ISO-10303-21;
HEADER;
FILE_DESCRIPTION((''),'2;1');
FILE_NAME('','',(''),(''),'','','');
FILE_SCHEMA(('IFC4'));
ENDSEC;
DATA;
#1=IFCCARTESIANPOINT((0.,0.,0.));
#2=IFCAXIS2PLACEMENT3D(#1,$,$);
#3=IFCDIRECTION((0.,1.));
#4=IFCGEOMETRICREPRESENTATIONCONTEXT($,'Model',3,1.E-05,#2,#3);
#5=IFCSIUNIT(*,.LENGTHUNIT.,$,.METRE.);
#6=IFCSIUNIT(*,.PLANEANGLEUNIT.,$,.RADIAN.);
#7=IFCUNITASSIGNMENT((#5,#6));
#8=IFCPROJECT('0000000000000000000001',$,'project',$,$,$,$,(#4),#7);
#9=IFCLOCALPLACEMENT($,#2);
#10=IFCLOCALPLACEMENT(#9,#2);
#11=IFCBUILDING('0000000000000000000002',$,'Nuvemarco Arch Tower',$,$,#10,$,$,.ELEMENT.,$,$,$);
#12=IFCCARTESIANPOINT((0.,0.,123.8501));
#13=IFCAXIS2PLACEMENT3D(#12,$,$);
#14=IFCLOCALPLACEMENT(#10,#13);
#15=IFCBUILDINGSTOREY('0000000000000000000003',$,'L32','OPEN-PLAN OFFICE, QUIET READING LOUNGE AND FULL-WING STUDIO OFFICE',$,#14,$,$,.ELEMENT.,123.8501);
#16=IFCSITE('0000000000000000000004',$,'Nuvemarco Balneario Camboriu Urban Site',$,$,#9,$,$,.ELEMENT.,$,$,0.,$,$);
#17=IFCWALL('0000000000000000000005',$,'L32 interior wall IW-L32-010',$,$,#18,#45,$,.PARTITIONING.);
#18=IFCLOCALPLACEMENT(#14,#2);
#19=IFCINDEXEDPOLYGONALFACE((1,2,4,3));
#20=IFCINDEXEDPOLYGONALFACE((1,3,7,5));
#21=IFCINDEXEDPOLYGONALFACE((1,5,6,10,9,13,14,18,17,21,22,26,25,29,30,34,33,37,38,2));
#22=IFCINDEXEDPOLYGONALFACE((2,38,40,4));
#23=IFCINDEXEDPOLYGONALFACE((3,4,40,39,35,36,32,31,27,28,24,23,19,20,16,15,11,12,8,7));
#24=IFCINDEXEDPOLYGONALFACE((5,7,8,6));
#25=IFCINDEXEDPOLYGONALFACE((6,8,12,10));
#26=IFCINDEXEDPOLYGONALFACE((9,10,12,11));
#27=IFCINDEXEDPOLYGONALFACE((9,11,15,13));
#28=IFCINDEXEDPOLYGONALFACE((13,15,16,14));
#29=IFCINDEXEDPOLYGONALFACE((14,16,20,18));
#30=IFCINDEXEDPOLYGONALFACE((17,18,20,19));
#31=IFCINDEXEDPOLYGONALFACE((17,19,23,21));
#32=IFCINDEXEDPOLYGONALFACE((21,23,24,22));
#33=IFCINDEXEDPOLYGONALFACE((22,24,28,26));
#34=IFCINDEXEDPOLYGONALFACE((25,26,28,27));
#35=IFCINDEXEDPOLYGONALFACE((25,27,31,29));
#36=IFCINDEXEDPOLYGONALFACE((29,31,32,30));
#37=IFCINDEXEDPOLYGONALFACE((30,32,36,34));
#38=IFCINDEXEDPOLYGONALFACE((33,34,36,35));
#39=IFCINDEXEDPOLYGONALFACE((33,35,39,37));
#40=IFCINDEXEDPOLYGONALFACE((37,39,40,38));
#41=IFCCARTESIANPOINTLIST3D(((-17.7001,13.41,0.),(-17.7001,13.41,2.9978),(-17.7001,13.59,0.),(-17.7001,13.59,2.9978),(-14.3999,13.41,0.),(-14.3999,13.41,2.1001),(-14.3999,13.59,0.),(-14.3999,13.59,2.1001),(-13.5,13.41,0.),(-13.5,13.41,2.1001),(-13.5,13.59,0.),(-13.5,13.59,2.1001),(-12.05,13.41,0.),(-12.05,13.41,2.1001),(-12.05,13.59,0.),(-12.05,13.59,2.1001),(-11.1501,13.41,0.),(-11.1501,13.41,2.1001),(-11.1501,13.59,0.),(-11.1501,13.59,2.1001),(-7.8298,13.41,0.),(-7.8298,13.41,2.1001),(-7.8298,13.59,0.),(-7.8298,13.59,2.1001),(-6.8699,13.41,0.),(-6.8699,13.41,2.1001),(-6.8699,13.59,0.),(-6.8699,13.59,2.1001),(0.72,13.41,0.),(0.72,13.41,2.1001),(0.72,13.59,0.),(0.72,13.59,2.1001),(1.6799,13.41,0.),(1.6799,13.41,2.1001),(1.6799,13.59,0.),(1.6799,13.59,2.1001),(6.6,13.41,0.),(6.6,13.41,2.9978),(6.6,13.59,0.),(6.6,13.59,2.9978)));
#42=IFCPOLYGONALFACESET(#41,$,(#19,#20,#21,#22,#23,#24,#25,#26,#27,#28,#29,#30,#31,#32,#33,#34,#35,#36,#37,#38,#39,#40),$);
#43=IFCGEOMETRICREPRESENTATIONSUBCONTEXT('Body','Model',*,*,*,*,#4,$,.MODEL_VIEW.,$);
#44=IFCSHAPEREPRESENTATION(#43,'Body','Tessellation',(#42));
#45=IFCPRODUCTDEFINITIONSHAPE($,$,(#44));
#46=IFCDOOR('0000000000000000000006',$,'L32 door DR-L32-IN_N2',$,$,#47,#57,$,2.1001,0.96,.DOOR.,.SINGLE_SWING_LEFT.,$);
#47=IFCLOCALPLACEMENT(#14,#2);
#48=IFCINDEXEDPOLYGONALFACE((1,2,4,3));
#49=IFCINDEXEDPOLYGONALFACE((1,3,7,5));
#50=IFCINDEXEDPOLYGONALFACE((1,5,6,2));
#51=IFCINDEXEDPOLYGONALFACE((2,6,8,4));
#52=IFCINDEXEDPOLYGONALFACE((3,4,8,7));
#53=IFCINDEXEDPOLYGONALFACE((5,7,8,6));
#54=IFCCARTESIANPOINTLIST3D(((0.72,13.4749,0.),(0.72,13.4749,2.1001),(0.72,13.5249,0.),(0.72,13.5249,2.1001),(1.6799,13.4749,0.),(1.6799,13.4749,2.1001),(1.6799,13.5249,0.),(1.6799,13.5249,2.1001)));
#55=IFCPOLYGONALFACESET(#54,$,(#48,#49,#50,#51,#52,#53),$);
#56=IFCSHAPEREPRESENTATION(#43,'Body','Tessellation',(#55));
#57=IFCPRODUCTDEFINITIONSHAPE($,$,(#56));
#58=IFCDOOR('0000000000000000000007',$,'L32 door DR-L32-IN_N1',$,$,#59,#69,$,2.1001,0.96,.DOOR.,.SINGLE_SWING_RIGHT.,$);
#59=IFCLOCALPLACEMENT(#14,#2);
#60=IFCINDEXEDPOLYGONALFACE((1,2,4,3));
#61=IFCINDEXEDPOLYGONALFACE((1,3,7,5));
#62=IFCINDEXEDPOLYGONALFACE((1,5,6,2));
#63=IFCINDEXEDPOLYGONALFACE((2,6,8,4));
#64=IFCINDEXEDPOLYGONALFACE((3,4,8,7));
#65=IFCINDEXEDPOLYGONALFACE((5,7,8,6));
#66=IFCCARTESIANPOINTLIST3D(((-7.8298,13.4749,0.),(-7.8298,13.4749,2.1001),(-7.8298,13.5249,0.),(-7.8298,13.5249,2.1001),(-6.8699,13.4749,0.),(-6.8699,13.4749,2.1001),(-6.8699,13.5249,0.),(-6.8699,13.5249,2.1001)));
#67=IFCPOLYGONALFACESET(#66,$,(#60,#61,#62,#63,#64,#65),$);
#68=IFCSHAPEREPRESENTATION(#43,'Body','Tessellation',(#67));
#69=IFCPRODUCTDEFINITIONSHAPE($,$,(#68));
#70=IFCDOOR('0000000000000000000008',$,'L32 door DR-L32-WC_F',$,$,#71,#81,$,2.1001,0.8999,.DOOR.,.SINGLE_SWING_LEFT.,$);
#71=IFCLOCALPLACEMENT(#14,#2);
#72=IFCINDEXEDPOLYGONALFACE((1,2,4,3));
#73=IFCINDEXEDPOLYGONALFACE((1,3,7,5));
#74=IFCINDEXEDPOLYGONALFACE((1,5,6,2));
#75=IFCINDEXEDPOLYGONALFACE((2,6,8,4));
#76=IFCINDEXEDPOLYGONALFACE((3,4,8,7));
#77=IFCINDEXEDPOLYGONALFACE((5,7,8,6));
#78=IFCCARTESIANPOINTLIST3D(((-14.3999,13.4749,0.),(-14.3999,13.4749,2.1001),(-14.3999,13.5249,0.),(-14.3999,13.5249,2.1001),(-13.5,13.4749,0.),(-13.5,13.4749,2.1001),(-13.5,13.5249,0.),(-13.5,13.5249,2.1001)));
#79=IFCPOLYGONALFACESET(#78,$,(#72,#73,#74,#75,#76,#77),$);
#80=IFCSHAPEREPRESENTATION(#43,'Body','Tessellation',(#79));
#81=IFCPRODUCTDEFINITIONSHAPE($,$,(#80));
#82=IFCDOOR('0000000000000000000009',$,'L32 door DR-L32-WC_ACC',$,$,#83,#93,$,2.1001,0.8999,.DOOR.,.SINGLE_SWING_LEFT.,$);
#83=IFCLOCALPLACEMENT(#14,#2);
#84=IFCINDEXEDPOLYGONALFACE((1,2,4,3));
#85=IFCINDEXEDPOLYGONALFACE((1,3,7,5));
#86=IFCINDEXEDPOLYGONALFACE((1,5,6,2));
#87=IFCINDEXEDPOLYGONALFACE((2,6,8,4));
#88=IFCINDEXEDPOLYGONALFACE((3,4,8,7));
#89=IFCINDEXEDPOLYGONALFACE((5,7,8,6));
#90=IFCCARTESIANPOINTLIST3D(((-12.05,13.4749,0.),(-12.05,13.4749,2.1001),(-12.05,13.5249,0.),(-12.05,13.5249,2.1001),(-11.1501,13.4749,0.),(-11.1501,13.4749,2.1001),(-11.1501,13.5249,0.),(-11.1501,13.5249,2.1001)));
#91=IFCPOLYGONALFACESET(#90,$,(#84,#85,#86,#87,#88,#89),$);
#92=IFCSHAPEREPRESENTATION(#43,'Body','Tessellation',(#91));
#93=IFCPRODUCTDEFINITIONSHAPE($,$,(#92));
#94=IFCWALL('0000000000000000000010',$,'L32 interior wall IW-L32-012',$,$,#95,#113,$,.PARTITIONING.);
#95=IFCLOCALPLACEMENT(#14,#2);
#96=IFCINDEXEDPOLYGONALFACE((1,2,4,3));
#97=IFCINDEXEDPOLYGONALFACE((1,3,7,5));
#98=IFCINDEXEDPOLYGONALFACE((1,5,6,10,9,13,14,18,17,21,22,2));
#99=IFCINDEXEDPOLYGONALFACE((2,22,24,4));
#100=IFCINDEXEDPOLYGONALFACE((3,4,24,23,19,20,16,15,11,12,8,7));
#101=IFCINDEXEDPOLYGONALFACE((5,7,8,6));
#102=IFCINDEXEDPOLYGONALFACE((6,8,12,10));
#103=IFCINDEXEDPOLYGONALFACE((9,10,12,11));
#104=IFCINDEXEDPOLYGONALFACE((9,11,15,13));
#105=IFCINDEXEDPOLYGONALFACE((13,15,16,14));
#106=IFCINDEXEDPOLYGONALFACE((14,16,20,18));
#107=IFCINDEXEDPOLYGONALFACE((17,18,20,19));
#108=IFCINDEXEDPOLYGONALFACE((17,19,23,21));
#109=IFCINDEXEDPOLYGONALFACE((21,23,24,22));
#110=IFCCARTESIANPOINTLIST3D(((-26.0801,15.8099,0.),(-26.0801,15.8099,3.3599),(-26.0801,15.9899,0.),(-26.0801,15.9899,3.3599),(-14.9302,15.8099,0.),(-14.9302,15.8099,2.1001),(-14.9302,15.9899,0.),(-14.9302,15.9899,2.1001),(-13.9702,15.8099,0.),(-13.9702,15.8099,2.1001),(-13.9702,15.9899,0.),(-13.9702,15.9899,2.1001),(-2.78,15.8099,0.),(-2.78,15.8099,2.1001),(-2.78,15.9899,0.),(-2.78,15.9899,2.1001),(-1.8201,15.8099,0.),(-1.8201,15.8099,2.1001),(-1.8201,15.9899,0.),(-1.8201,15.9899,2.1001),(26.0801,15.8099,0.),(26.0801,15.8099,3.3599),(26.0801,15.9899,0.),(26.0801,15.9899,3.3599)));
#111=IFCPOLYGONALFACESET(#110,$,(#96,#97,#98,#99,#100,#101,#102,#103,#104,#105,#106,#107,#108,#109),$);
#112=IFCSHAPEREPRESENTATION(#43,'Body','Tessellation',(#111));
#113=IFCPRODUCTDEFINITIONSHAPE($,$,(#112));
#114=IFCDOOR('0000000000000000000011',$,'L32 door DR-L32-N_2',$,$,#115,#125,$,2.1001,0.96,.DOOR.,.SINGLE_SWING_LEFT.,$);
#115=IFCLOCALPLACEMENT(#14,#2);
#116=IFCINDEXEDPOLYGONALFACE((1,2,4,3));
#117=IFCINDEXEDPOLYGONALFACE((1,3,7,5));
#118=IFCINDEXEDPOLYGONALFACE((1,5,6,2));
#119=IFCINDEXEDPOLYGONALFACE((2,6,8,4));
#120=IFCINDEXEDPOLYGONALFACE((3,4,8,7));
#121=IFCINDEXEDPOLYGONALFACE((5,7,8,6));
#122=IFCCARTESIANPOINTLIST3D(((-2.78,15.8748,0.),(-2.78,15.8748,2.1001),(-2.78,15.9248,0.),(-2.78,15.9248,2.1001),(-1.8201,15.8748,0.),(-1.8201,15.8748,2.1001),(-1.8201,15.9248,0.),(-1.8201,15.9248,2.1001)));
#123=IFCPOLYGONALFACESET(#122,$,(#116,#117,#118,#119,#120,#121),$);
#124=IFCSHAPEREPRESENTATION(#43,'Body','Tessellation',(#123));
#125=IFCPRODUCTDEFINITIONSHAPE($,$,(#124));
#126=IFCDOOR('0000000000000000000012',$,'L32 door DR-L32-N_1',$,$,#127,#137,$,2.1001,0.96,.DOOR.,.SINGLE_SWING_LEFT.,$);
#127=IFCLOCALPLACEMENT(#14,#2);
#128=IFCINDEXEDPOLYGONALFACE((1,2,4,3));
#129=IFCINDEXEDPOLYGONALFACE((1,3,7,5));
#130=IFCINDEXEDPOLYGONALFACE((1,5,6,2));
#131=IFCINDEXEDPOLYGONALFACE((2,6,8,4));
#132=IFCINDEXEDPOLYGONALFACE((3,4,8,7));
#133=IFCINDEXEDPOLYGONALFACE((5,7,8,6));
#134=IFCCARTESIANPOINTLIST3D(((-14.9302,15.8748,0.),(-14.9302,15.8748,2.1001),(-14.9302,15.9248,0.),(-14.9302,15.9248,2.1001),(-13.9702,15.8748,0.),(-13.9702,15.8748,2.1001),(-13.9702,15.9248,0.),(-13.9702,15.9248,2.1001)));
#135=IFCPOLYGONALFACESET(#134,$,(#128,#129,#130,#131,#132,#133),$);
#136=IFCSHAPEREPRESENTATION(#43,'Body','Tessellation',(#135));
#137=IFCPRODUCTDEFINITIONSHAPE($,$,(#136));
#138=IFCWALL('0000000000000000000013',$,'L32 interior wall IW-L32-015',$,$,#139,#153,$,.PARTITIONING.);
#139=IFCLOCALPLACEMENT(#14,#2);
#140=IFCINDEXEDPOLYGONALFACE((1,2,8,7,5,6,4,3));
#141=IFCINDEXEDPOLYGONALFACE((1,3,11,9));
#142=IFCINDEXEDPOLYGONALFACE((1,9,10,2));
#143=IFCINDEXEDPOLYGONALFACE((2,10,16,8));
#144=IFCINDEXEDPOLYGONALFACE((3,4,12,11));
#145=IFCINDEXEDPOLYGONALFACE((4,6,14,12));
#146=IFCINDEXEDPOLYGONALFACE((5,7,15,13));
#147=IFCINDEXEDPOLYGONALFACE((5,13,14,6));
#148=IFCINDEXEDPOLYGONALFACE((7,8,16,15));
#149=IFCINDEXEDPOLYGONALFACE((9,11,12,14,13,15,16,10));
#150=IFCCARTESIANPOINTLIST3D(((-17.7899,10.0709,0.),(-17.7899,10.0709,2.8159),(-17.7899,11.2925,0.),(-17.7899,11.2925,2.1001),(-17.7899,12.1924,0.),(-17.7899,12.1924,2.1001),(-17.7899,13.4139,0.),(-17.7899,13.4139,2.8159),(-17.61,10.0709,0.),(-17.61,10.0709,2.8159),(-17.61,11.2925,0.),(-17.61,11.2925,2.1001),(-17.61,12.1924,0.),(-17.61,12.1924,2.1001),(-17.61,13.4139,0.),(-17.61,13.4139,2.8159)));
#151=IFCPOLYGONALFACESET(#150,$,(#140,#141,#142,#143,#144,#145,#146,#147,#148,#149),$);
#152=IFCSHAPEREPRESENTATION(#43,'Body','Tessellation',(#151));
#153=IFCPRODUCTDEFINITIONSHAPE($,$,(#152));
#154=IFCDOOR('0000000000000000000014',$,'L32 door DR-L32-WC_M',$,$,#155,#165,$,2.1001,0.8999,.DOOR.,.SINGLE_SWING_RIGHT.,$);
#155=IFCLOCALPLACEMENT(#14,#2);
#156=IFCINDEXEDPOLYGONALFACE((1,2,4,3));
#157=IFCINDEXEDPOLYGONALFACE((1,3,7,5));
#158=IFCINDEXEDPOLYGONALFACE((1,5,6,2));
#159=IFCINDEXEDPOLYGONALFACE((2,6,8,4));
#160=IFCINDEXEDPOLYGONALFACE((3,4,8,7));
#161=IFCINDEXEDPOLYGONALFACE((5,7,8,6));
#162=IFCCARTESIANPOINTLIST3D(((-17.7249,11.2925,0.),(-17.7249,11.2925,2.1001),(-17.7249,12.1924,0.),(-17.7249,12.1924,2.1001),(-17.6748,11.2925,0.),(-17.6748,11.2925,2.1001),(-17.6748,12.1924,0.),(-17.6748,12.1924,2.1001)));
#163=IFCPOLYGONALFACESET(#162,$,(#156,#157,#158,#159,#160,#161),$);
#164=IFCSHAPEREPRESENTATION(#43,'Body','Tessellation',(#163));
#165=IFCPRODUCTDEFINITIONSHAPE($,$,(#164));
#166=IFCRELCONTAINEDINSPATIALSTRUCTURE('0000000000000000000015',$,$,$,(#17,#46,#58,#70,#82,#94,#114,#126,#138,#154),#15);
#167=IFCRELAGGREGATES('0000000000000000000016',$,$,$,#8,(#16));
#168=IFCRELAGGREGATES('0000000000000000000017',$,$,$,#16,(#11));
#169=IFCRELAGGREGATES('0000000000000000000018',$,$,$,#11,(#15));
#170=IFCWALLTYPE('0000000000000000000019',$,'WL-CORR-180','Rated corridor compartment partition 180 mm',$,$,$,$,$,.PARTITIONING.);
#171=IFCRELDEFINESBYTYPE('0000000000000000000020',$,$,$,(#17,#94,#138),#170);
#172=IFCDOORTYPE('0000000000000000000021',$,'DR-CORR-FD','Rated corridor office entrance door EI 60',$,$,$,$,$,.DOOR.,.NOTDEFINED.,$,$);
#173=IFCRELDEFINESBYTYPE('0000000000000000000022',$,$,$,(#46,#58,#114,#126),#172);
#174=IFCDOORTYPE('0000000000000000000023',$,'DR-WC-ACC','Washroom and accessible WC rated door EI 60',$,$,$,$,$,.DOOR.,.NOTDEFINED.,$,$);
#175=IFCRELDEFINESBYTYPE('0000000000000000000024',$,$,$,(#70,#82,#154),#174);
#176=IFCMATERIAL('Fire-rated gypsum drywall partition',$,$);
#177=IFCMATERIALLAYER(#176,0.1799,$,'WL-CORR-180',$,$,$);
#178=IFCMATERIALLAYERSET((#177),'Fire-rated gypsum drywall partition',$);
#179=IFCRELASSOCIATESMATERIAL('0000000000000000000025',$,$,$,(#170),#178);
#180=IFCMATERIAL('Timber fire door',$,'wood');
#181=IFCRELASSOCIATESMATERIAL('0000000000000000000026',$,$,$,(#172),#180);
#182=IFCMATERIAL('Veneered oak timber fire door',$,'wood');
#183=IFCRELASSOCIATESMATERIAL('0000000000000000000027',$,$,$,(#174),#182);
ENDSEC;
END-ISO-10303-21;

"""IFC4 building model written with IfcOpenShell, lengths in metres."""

from ifc_helpers import new_model, si_unit, direction, frame, frame_2d, origin, place, context, subcontext, project, spatial, rectangle, extrude, source, transform, mapped, material, layer, layer_set, type_object, type_shapes, element, fill, save


model = new_model("IFC4")

# Units and contexts
model_context = context("Model", 3, precision=1e-05, world=origin(), true_north=direction((0.0, 1.0)))
body_context = subcontext(model_context, "Body", "Model", "MODEL_VIEW")
ifc_project = project(units=[si_unit("LENGTHUNIT", "METRE"), si_unit("PLANEANGLEUNIT", "RADIAN")], contexts=[model_context])

# Site, building, storey
site_placement = place(None, origin())
site = spatial("IfcSite", under=ifc_project, at=site_placement, Name="Nuvemarco Balneario Camboriu Urban Site", CompositionType="ELEMENT", RefElevation=0.0)
building_placement = place(site_placement, origin())
building = spatial("IfcBuilding", under=site, at=building_placement, Name="Nuvemarco Arch Tower", CompositionType="ELEMENT")
storey_placement = place(building_placement, frame((0.0, 0.0, 123.8501)))
storey = spatial("IfcBuildingStorey", under=building, at=storey_placement, Name="L32", Description="OPEN-PLAN OFFICE, QUIET READING LOUNGE AND FULL-WING STUDIO OFFICE", CompositionType="ELEMENT", Elevation=123.8501)

# Walls, openings, doors
ifc_material_1 = material(Name="Fire-rated gypsum drywall partition")
ifc_layer = layer(ifc_material_1, 0.1799, Name="WL-CORR-180")
ifc_layer_set = layer_set([ifc_layer], Name="Fire-rated gypsum drywall partition")
wall_type = type_object("IfcWallType", Name="WL-CORR-180", Description="Rated corridor compartment partition 180 mm", PredefinedType="PARTITIONING", material=ifc_layer_set)
wall_1_placement = place(storey_placement, frame((-17.7, 13.5, 0.0), z_axis=(0.0, 0.0, 1.0), x_axis=(1.0, 0.0, 0.0)))
wall_1 = element("IfcWall", 1, at=wall_1_placement, inside=storey, type_object=wall_type, Name="L32 interior wall IW-L32-010", PredefinedType="PARTITIONING", context=body_context, shape_type="SweptSolid", body=[
    extrude(rectangle(XDim=24.3, YDim=0.1799, at=frame_2d((12.1499, 0.0))), origin(), (0.0, 0.0, 1.0), 2.9978),
])
opening_1_placement = place(wall_1_placement, frame((18.4199, 0.0, 0.0)))
opening_1 = element("IfcOpeningElement", 2, at=opening_1_placement, cuts=wall_1, PredefinedType="OPENING", context=body_context, shape_type="SweptSolid", body=[
    extrude(rectangle(XDim=0.96, YDim=2.1001, at=frame_2d((0.48, 1.05))), frame((0.0, 0.0999, 0.0), z_axis=(0.0, -1.0, 0.0), x_axis=(1.0, 0.0, 0.0)), (0.0, 0.0, 1.0), 0.2),
])
opening_2_placement = place(wall_1_placement, frame((9.8701, 0.0, 0.0)))
opening_2 = element("IfcOpeningElement", 3, at=opening_2_placement, cuts=wall_1, PredefinedType="OPENING", context=body_context, shape_type="SweptSolid", body=[
    extrude(rectangle(XDim=0.96, YDim=2.1001, at=frame_2d((0.48, 1.05))), frame((0.0, 0.0999, 0.0), z_axis=(0.0, -1.0, 0.0), x_axis=(1.0, 0.0, 0.0)), (0.0, 0.0, 1.0), 0.2),
])
opening_3_placement = place(wall_1_placement, frame((3.3, 0.0, 0.0)))
opening_3 = element("IfcOpeningElement", 4, at=opening_3_placement, cuts=wall_1, PredefinedType="OPENING", context=body_context, shape_type="SweptSolid", body=[
    extrude(rectangle(XDim=0.8999, YDim=2.1001, at=frame_2d((0.45, 1.05))), frame((0.0, 0.0999, 0.0), z_axis=(0.0, -1.0, 0.0), x_axis=(1.0, 0.0, 0.0)), (0.0, 0.0, 1.0), 0.2),
])
opening_4_placement = place(wall_1_placement, frame((5.6499, 0.0, 0.0)))
opening_4 = element("IfcOpeningElement", 5, at=opening_4_placement, cuts=wall_1, PredefinedType="OPENING", context=body_context, shape_type="SweptSolid", body=[
    extrude(rectangle(XDim=0.8999, YDim=2.1001, at=frame_2d((0.45, 1.05))), frame((0.0, 0.0999, 0.0), z_axis=(0.0, -1.0, 0.0), x_axis=(1.0, 0.0, 0.0)), (0.0, 0.0, 1.0), 0.2),
])
ifc_material_2 = material(Name="Timber fire door", Category="wood")
door_type_1 = type_object("IfcDoorType", Name="DR-CORR-FD", Description="Rated corridor office entrance door EI 60", OperationType="NOTDEFINED", PredefinedType="DOOR", material=ifc_material_2)
shared_shape_1 = source(origin(), body_context, "Body", "SweptSolid", [
    extrude(rectangle(XDim=0.96, YDim=2.1001, at=frame_2d((0.48, 1.05))), frame((0.0, 0.0249, 0.0), z_axis=(0.0, -1.0, 0.0), x_axis=(1.0, 0.0, 0.0)), (0.0, 0.0, 1.0), 0.05),
])
type_shapes(door_type_1, [shared_shape_1])
door_1_placement = place(opening_1_placement, origin())
door_1 = element("IfcDoor", 6, at=door_1_placement, inside=storey, type_object=door_type_1, Name="L32 door DR-L32-IN_N2", OperationType="SINGLE_SWING_LEFT", OverallHeight=2.1001, OverallWidth=0.96, PredefinedType="DOOR", context=body_context, shape_type="MappedRepresentation", body=[
    mapped(shared_shape_1, transform((0.0, 0.0, 0.0), scale=1.0)),
])
fill(opening_1, door_1)
door_2_placement = place(opening_2_placement, origin())
door_2 = element("IfcDoor", 7, at=door_2_placement, inside=storey, type_object=door_type_1, Name="L32 door DR-L32-IN_N1", OperationType="SINGLE_SWING_RIGHT", OverallHeight=2.1001, OverallWidth=0.96, PredefinedType="DOOR", context=body_context, shape_type="MappedRepresentation", body=[
    mapped(shared_shape_1, transform((0.0, 0.0, 0.0), scale=1.0)),
])
fill(opening_2, door_2)
ifc_material_3 = material(Name="Veneered oak timber fire door", Category="wood")
door_type_2 = type_object("IfcDoorType", Name="DR-WC-ACC", Description="Washroom and accessible WC rated door EI 60", OperationType="NOTDEFINED", PredefinedType="DOOR", material=ifc_material_3)
shared_shape_2 = source(origin(), body_context, "Body", "SweptSolid", [
    extrude(rectangle(XDim=0.8999, YDim=2.1001, at=frame_2d((0.45, 1.05))), frame((0.0, 0.0249, 0.0), z_axis=(0.0, -1.0, 0.0), x_axis=(1.0, 0.0, 0.0)), (0.0, 0.0, 1.0), 0.05),
])
type_shapes(door_type_2, [shared_shape_2])
door_3_placement = place(opening_3_placement, origin())
door_3 = element("IfcDoor", 8, at=door_3_placement, inside=storey, type_object=door_type_2, Name="L32 door DR-L32-WC_F", OperationType="SINGLE_SWING_LEFT", OverallHeight=2.1001, OverallWidth=0.8999, PredefinedType="DOOR", context=body_context, shape_type="MappedRepresentation", body=[
    mapped(shared_shape_2, transform((0.0, 0.0, 0.0), scale=1.0)),
])
fill(opening_3, door_3)
door_4_placement = place(opening_4_placement, origin())
door_4 = element("IfcDoor", 9, at=door_4_placement, inside=storey, type_object=door_type_2, Name="L32 door DR-L32-WC_ACC", OperationType="SINGLE_SWING_LEFT", OverallHeight=2.1001, OverallWidth=0.8999, PredefinedType="DOOR", context=body_context, shape_type="MappedRepresentation", body=[
    mapped(shared_shape_2, transform((0.0, 0.0, 0.0), scale=1.0)),
])
fill(opening_4, door_4)
wall_2_placement = place(storey_placement, frame((-26.0801, 15.8999, 0.0), z_axis=(0.0, 0.0, 1.0), x_axis=(1.0, 0.0, 0.0)))
wall_2 = element("IfcWall", 10, at=wall_2_placement, inside=storey, type_object=wall_type, Name="L32 interior wall IW-L32-012", PredefinedType="PARTITIONING", context=body_context, shape_type="SweptSolid", body=[
    extrude(rectangle(XDim=52.1602, YDim=0.1799, at=frame_2d((26.0801, 0.0))), origin(), (0.0, 0.0, 1.0), 3.3599),
])
opening_5_placement = place(wall_2_placement, frame((23.3, 0.0, 0.0)))
opening_5 = element("IfcOpeningElement", 11, at=opening_5_placement, cuts=wall_2, PredefinedType="OPENING", context=body_context, shape_type="SweptSolid", body=[
    extrude(rectangle(XDim=0.96, YDim=2.1001, at=frame_2d((0.48, 1.05))), frame((0.0, 0.0999, 0.0), z_axis=(0.0, -1.0, 0.0), x_axis=(1.0, 0.0, 0.0)), (0.0, 0.0, 1.0), 0.2),
])
opening_6_placement = place(wall_2_placement, frame((11.1499, 0.0, 0.0)))
opening_6 = element("IfcOpeningElement", 12, at=opening_6_placement, cuts=wall_2, PredefinedType="OPENING", context=body_context, shape_type="SweptSolid", body=[
    extrude(rectangle(XDim=0.96, YDim=2.1001, at=frame_2d((0.48, 1.05))), frame((0.0, 0.0999, 0.0), z_axis=(0.0, -1.0, 0.0), x_axis=(1.0, 0.0, 0.0)), (0.0, 0.0, 1.0), 0.2),
])
door_5_placement = place(opening_5_placement, origin())
door_5 = element("IfcDoor", 13, at=door_5_placement, inside=storey, type_object=door_type_1, Name="L32 door DR-L32-N_2", OperationType="SINGLE_SWING_LEFT", OverallHeight=2.1001, OverallWidth=0.96, PredefinedType="DOOR", context=body_context, shape_type="MappedRepresentation", body=[
    mapped(shared_shape_1, transform((0.0, 0.0, 0.0), scale=1.0)),
])
fill(opening_5, door_5)
door_6_placement = place(opening_6_placement, origin())
door_6 = element("IfcDoor", 14, at=door_6_placement, inside=storey, type_object=door_type_1, Name="L32 door DR-L32-N_1", OperationType="SINGLE_SWING_LEFT", OverallHeight=2.1001, OverallWidth=0.96, PredefinedType="DOOR", context=body_context, shape_type="MappedRepresentation", body=[
    mapped(shared_shape_1, transform((0.0, 0.0, 0.0), scale=1.0)),
])
fill(opening_6, door_6)

# Wall, opening, door
wall_3_placement = place(storey_placement, frame((-17.7, 10.071, 0.0), z_axis=(0.0, 0.0, 1.0), x_axis=(0.0, 1.0, 0.0)))
wall_3 = element("IfcWall", 15, at=wall_3_placement, inside=storey, type_object=wall_type, Name="L32 interior wall IW-L32-015", PredefinedType="PARTITIONING", context=body_context, shape_type="SweptSolid", body=[
    extrude(rectangle(XDim=3.343, YDim=0.1799, at=frame_2d((1.6714, 0.0))), origin(), (0.0, 0.0, 1.0), 2.8159),
])
opening_7_placement = place(wall_3_placement, frame((1.2214, 0.0, 0.0)))
opening_7 = element("IfcOpeningElement", 16, at=opening_7_placement, cuts=wall_3, PredefinedType="OPENING", context=body_context, shape_type="SweptSolid", body=[
    extrude(rectangle(XDim=0.8999, YDim=2.1001, at=frame_2d((0.45, 1.05))), frame((0.0, 0.0999, 0.0), z_axis=(0.0, -1.0, 0.0), x_axis=(1.0, 0.0, 0.0)), (0.0, 0.0, 1.0), 0.2),
])
door_7_placement = place(opening_7_placement, origin())
door_7 = element("IfcDoor", 17, at=door_7_placement, inside=storey, type_object=door_type_2, Name="L32 door DR-L32-WC_M", OperationType="SINGLE_SWING_RIGHT", OverallHeight=2.1001, OverallWidth=0.8999, PredefinedType="DOOR", context=body_context, shape_type="MappedRepresentation", body=[
    mapped(shared_shape_2, transform((0.0, 0.0, 0.0), scale=1.0)),
])
fill(opening_7, door_7)

save(model, "model.ifc")
